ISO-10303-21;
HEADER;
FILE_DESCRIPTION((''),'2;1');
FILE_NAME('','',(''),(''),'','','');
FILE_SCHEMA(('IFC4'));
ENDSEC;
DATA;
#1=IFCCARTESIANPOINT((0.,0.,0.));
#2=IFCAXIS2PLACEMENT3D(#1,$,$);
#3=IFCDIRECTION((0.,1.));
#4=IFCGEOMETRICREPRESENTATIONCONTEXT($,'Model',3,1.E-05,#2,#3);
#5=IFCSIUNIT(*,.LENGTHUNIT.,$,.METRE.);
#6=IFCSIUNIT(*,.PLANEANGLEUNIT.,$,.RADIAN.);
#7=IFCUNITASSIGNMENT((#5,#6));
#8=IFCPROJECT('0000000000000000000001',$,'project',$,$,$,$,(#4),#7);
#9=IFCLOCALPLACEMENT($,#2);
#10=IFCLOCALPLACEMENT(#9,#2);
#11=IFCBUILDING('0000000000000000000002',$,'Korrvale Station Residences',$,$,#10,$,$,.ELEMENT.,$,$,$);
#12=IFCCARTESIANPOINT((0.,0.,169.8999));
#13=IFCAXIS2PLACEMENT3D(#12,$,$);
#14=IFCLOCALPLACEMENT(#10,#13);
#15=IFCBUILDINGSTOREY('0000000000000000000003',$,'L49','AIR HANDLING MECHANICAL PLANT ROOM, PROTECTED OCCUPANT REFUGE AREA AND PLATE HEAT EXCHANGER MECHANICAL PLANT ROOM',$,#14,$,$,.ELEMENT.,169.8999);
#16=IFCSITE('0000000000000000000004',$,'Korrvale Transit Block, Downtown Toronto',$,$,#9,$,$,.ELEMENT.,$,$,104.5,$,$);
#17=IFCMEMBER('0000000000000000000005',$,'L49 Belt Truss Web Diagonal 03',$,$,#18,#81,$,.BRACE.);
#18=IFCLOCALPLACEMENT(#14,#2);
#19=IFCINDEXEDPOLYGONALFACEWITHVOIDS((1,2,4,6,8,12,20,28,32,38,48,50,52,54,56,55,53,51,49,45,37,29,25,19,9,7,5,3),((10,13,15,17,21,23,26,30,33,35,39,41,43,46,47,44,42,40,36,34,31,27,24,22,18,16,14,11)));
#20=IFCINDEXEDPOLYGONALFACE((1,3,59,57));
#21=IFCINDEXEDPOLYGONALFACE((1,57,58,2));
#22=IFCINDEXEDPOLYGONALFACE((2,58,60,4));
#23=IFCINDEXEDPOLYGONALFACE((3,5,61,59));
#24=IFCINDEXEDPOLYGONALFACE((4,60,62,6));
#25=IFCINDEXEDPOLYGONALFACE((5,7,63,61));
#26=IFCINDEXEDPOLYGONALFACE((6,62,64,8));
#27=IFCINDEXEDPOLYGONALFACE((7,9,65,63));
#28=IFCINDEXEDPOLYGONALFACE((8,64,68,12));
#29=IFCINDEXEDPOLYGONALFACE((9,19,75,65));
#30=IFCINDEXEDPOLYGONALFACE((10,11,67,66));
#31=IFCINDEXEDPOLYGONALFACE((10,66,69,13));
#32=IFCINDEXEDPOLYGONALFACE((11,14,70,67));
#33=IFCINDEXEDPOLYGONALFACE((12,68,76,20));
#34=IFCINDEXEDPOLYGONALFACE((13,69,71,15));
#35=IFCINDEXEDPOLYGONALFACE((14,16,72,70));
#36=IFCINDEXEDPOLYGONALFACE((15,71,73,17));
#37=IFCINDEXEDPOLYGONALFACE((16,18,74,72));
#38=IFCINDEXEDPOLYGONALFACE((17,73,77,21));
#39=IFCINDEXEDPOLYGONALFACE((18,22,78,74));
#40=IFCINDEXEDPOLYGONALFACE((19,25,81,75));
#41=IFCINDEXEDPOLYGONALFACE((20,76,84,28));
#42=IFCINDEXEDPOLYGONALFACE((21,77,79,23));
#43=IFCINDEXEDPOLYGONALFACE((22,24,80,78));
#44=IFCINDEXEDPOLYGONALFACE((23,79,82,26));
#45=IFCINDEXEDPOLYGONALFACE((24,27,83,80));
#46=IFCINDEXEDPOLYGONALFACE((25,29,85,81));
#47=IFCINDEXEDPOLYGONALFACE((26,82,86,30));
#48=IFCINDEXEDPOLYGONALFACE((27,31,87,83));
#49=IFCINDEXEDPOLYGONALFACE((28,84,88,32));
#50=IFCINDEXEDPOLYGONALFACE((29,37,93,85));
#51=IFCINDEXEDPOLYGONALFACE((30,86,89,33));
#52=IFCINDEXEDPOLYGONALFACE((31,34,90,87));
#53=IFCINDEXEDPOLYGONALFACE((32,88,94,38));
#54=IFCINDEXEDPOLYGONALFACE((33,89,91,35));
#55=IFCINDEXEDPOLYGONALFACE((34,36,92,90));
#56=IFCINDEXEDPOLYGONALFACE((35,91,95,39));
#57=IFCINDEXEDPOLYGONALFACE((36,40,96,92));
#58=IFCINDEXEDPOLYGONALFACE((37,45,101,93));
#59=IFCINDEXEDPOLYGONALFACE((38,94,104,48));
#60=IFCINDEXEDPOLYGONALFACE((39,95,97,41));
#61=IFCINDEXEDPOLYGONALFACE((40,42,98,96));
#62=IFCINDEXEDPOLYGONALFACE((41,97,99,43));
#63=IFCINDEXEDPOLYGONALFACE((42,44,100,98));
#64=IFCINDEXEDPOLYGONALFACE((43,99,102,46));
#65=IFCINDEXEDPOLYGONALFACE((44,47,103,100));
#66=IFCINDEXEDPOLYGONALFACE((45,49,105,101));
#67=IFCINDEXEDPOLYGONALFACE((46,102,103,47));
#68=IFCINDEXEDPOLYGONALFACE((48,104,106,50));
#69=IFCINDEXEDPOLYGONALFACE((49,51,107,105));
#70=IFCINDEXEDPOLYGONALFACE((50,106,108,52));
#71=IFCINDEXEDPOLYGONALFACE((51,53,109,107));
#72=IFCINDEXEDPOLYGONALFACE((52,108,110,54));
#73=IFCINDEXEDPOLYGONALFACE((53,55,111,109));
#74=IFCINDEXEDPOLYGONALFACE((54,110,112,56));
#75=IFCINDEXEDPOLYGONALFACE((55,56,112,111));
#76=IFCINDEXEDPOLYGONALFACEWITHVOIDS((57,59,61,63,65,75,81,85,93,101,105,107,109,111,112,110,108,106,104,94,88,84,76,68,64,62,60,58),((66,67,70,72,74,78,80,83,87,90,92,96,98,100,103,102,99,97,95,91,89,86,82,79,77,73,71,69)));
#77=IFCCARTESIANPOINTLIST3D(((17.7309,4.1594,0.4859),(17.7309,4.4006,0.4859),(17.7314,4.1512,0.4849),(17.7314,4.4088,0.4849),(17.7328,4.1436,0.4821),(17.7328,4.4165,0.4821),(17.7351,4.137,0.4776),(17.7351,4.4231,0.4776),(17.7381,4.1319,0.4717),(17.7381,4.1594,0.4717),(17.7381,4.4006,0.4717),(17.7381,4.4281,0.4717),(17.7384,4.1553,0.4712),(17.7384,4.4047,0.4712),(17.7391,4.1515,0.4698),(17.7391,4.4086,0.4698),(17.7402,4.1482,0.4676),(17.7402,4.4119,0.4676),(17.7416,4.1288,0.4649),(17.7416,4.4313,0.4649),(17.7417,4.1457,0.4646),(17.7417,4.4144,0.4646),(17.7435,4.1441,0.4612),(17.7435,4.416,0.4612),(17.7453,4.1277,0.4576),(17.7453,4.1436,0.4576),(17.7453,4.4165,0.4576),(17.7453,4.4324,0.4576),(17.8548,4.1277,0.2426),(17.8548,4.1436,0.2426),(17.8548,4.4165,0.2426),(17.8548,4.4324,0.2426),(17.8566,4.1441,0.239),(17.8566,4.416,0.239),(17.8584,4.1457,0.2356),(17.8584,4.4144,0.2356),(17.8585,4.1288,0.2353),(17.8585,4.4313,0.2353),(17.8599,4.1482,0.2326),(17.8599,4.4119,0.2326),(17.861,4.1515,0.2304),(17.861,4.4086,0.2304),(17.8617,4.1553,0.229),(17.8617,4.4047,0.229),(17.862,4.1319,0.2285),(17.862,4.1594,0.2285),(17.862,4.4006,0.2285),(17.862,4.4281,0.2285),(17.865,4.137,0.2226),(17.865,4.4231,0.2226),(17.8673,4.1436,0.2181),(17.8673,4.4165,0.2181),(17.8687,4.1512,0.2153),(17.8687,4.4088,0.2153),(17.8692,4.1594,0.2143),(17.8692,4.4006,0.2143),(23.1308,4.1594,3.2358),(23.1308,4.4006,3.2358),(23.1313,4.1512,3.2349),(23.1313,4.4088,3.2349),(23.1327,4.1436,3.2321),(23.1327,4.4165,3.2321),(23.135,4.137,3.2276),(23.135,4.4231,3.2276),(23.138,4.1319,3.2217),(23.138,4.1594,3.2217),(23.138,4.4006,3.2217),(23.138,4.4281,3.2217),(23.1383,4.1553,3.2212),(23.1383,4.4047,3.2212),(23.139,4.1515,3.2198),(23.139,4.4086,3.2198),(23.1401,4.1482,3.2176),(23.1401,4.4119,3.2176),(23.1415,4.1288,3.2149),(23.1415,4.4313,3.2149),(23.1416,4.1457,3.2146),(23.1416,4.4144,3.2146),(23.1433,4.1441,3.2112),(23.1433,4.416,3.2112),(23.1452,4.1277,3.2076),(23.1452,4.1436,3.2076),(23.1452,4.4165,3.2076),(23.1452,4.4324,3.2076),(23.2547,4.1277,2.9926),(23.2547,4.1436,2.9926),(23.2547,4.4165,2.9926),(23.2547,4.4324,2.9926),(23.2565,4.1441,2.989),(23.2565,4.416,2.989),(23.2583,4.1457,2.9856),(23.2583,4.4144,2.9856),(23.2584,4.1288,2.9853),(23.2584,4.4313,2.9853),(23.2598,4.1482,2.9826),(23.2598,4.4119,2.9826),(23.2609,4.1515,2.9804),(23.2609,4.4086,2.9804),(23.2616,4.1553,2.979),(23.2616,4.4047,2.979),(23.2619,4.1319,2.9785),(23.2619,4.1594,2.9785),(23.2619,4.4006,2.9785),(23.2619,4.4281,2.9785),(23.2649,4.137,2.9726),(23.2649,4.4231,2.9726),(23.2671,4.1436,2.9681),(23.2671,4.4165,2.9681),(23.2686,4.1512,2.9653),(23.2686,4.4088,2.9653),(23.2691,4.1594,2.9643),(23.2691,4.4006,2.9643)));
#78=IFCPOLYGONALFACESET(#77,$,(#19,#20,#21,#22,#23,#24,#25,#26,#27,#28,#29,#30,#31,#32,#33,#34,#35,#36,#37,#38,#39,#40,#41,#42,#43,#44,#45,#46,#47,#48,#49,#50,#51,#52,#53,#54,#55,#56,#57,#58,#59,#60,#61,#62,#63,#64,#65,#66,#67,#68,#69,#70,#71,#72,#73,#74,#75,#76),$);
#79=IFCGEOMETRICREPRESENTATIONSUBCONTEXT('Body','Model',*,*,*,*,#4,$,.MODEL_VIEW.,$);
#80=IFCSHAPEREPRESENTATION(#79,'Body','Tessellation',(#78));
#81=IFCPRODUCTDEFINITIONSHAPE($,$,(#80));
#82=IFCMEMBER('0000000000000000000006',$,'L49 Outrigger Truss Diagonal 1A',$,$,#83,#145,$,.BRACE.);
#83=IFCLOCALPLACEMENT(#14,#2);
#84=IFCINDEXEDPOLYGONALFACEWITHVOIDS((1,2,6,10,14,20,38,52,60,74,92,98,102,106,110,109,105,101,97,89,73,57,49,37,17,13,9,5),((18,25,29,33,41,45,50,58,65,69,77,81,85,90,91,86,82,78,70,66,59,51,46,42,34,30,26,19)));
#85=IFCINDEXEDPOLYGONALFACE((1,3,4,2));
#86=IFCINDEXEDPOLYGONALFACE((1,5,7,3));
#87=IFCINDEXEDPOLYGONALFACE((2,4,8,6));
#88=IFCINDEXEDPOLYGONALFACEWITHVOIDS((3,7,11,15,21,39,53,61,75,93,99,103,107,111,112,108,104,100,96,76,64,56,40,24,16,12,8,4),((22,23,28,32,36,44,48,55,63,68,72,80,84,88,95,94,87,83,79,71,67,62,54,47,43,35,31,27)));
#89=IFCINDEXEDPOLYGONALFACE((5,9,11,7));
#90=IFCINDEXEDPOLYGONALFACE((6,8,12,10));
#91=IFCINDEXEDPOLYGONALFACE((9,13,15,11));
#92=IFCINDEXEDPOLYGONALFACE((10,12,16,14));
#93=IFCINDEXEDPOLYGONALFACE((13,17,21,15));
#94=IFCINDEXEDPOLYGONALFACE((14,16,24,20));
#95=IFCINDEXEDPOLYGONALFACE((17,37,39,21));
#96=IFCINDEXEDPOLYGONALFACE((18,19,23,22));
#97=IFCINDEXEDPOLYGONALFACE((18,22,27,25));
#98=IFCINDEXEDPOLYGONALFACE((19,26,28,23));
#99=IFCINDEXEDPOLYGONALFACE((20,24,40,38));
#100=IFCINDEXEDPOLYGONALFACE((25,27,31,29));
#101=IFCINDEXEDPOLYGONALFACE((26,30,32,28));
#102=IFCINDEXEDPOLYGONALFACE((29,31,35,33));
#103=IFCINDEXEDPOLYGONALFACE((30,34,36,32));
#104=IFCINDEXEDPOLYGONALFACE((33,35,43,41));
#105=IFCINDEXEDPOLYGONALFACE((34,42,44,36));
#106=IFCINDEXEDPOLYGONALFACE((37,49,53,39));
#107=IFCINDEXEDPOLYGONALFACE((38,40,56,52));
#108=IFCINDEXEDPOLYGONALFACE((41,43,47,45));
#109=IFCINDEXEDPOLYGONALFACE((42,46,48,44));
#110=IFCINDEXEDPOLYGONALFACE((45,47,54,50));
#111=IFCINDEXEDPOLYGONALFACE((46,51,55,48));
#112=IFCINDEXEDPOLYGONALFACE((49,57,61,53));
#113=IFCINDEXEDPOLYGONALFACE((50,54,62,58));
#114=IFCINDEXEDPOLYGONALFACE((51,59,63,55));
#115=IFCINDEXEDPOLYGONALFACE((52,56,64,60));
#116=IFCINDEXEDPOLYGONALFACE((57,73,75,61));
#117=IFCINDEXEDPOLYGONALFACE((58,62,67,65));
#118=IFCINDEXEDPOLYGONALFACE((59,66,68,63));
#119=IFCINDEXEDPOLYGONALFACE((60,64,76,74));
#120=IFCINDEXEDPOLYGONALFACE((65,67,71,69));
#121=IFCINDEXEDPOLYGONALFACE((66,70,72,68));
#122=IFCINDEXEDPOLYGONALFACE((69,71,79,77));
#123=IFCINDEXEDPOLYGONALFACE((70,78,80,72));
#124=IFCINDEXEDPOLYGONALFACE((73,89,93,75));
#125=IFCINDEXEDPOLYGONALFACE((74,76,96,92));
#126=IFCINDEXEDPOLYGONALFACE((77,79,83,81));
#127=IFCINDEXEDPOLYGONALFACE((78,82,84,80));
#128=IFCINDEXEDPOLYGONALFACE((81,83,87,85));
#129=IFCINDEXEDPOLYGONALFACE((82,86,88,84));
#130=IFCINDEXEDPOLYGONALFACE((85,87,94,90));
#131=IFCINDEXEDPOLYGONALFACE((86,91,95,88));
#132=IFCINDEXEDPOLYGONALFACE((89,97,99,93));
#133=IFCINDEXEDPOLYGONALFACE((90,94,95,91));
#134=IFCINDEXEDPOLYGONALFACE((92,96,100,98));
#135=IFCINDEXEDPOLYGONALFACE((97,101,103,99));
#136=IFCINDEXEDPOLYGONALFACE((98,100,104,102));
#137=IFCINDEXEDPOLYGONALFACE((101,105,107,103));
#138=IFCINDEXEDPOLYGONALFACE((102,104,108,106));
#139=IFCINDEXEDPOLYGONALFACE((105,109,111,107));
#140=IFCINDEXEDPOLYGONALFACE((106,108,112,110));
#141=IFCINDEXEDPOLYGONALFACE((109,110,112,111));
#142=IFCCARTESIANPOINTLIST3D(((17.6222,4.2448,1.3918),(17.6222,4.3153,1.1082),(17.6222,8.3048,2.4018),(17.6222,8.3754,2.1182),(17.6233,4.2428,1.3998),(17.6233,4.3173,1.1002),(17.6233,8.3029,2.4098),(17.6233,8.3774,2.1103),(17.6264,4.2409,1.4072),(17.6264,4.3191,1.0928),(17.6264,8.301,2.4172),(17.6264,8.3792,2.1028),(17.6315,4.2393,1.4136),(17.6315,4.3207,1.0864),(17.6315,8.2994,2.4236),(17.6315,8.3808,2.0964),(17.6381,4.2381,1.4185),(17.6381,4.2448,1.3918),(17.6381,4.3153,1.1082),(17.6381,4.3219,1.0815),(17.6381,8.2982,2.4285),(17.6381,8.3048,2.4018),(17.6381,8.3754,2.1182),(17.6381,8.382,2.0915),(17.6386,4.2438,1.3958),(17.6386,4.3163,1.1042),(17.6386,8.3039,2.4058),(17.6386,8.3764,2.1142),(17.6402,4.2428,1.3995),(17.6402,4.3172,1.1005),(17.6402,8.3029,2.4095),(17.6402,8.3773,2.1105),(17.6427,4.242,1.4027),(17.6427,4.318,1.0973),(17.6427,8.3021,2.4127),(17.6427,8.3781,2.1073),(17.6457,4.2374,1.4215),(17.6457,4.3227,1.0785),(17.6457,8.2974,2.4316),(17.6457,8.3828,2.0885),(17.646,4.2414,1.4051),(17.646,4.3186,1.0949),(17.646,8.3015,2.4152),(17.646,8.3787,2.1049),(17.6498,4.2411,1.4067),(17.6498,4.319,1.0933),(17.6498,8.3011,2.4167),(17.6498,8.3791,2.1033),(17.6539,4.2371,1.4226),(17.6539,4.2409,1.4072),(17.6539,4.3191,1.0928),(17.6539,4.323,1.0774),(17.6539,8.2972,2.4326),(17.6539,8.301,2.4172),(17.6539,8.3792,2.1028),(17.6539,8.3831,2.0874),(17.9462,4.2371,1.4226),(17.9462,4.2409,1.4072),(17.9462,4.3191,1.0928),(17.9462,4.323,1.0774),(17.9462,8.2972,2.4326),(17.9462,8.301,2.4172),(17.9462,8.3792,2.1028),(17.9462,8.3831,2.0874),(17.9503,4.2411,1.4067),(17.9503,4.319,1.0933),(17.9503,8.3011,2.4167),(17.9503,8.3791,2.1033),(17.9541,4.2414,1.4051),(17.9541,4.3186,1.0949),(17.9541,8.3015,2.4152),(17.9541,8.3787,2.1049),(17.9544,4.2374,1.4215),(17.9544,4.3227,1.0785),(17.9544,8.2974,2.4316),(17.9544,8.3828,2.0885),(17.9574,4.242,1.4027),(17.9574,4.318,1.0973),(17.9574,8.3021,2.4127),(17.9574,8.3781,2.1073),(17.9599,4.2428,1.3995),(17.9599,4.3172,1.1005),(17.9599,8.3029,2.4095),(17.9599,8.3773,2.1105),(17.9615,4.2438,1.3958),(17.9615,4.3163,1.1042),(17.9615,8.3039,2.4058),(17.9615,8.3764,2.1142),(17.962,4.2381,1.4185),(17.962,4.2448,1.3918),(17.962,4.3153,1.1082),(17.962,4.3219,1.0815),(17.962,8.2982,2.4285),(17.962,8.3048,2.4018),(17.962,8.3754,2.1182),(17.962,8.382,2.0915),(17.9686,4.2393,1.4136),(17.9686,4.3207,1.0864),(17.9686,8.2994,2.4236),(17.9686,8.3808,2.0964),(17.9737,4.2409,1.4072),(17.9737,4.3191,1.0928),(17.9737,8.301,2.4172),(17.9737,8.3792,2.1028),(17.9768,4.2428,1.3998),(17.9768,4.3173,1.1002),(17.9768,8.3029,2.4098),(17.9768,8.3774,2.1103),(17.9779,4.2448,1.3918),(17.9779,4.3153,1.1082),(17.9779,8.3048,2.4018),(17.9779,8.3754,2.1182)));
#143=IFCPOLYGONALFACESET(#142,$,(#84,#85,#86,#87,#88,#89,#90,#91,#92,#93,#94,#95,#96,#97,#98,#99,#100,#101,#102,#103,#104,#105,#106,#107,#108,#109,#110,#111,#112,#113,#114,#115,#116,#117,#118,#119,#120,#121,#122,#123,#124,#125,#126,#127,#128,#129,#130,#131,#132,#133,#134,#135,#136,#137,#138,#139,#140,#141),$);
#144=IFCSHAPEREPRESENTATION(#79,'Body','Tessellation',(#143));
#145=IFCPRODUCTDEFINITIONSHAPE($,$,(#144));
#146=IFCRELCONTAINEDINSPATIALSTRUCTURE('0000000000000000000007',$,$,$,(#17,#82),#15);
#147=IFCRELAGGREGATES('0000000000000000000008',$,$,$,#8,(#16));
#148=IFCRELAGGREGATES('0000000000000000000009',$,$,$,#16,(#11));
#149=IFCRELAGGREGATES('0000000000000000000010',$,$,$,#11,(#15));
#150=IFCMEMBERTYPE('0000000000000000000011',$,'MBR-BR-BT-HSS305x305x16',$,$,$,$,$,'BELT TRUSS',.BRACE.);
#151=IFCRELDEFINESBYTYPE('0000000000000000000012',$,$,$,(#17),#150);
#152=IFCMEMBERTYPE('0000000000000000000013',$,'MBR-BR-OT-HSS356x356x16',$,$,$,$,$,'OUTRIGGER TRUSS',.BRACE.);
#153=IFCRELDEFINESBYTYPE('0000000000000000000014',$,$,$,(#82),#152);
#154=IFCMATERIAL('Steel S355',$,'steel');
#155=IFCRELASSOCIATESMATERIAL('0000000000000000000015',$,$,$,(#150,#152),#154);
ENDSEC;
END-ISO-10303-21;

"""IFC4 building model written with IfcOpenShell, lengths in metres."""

from ifc_helpers import new_model, si_unit, direction, frame, origin, origin_2d, place, context, subcontext, project, spatial, hollow_rectangle, extrude, material, material_profile, profile_set, type_object, element, save


model = new_model("IFC4")

# Units and contexts
model_context = context("Model", 3, precision=1e-05, world=origin(), true_north=direction((0.0, 1.0)))
body_context = subcontext(model_context, "Body", "Model", "MODEL_VIEW")
ifc_project = project(units=[si_unit("LENGTHUNIT", "METRE"), si_unit("PLANEANGLEUNIT", "RADIAN")], contexts=[model_context])

# Site, building, storey
site_placement = place(None, origin())
site = spatial("IfcSite", under=ifc_project, at=site_placement, Name="Korrvale Transit Block, Downtown Toronto", CompositionType="ELEMENT", RefElevation=104.5)
building_placement = place(site_placement, origin())
building = spatial("IfcBuilding", under=site, at=building_placement, Name="Korrvale Station Residences", CompositionType="ELEMENT")
storey_placement = place(building_placement, frame((0.0, 0.0, 169.8999)))
storey = spatial("IfcBuildingStorey", under=building, at=storey_placement, Name="L49", Description="AIR HANDLING MECHANICAL PLANT ROOM, PROTECTED OCCUPANT REFUGE AREA AND PLATE HEAT EXCHANGER MECHANICAL PLANT ROOM", CompositionType="ELEMENT", Elevation=169.8999)

# Members
ifc_material_1 = material(Name="Steel S355", Category="steel")
ifc_material_profile_1 = material_profile(ifc_material_1, hollow_rectangle(XDim=0.3047, YDim=0.3047, WallThickness=0.0159, InnerFilletRadius=0.0159, OuterFilletRadius=0.0317, at=origin_2d()), Name="HSS305x305x16")
ifc_profile_set_1 = profile_set([ifc_material_profile_1], Name="Steel S355")
member_type_1 = type_object("IfcMemberType", Name="MBR-BR-BT-HSS305x305x16", ElementType="BELT TRUSS", PredefinedType="BRACE", material=ifc_profile_set_1)
member_1_placement = place(storey_placement, frame((17.8, 4.28, 0.3501), z_axis=(0.891099, 0.0, 0.453809), x_axis=(0.0, 1.0, 0.0)))
element("IfcMember", 1, at=member_1_placement, inside=storey, type_object=member_type_1, Name="L49 Belt Truss Web Diagonal 03", PredefinedType="BRACE", context=body_context, shape_type="SweptSolid", body=[
    extrude(hollow_rectangle(XDim=0.3047, YDim=0.3047, WallThickness=0.0159, InnerFilletRadius=0.0159, OuterFilletRadius=0.0317, at=origin_2d()), origin(), (0.0, 0.0, 1.0), 6.0598),
])
ifc_material_profile_2 = material_profile(ifc_material_1, hollow_rectangle(XDim=0.3557, YDim=0.3557, WallThickness=0.0159, InnerFilletRadius=0.0159, OuterFilletRadius=0.0317, at=origin_2d()), Name="HSS356x356x16")
ifc_profile_set_2 = profile_set([ifc_material_profile_2], Name="Steel S355")
member_type_2 = type_object("IfcMemberType", Name="MBR-BR-OT-HSS356x356x16", ElementType="OUTRIGGER TRUSS", PredefinedType="BRACE", material=ifc_profile_set_2)
member_2_placement = place(storey_placement, frame((17.8, 4.28, 1.25), z_axis=(0.0, 0.970423, 0.24141), x_axis=(-1.0, 0.0, 0.0)))
element("IfcMember", 2, at=member_2_placement, inside=storey, type_object=member_type_2, Name="L49 Outrigger Truss Diagonal 1A", PredefinedType="BRACE", context=body_context, shape_type="SweptSolid", body=[
    extrude(hollow_rectangle(XDim=0.3557, YDim=0.3557, WallThickness=0.0159, InnerFilletRadius=0.0159, OuterFilletRadius=0.0317, at=origin_2d()), origin(), (0.0, 0.0, 1.0), 4.1838),
])

save(model, "model.ifc")
